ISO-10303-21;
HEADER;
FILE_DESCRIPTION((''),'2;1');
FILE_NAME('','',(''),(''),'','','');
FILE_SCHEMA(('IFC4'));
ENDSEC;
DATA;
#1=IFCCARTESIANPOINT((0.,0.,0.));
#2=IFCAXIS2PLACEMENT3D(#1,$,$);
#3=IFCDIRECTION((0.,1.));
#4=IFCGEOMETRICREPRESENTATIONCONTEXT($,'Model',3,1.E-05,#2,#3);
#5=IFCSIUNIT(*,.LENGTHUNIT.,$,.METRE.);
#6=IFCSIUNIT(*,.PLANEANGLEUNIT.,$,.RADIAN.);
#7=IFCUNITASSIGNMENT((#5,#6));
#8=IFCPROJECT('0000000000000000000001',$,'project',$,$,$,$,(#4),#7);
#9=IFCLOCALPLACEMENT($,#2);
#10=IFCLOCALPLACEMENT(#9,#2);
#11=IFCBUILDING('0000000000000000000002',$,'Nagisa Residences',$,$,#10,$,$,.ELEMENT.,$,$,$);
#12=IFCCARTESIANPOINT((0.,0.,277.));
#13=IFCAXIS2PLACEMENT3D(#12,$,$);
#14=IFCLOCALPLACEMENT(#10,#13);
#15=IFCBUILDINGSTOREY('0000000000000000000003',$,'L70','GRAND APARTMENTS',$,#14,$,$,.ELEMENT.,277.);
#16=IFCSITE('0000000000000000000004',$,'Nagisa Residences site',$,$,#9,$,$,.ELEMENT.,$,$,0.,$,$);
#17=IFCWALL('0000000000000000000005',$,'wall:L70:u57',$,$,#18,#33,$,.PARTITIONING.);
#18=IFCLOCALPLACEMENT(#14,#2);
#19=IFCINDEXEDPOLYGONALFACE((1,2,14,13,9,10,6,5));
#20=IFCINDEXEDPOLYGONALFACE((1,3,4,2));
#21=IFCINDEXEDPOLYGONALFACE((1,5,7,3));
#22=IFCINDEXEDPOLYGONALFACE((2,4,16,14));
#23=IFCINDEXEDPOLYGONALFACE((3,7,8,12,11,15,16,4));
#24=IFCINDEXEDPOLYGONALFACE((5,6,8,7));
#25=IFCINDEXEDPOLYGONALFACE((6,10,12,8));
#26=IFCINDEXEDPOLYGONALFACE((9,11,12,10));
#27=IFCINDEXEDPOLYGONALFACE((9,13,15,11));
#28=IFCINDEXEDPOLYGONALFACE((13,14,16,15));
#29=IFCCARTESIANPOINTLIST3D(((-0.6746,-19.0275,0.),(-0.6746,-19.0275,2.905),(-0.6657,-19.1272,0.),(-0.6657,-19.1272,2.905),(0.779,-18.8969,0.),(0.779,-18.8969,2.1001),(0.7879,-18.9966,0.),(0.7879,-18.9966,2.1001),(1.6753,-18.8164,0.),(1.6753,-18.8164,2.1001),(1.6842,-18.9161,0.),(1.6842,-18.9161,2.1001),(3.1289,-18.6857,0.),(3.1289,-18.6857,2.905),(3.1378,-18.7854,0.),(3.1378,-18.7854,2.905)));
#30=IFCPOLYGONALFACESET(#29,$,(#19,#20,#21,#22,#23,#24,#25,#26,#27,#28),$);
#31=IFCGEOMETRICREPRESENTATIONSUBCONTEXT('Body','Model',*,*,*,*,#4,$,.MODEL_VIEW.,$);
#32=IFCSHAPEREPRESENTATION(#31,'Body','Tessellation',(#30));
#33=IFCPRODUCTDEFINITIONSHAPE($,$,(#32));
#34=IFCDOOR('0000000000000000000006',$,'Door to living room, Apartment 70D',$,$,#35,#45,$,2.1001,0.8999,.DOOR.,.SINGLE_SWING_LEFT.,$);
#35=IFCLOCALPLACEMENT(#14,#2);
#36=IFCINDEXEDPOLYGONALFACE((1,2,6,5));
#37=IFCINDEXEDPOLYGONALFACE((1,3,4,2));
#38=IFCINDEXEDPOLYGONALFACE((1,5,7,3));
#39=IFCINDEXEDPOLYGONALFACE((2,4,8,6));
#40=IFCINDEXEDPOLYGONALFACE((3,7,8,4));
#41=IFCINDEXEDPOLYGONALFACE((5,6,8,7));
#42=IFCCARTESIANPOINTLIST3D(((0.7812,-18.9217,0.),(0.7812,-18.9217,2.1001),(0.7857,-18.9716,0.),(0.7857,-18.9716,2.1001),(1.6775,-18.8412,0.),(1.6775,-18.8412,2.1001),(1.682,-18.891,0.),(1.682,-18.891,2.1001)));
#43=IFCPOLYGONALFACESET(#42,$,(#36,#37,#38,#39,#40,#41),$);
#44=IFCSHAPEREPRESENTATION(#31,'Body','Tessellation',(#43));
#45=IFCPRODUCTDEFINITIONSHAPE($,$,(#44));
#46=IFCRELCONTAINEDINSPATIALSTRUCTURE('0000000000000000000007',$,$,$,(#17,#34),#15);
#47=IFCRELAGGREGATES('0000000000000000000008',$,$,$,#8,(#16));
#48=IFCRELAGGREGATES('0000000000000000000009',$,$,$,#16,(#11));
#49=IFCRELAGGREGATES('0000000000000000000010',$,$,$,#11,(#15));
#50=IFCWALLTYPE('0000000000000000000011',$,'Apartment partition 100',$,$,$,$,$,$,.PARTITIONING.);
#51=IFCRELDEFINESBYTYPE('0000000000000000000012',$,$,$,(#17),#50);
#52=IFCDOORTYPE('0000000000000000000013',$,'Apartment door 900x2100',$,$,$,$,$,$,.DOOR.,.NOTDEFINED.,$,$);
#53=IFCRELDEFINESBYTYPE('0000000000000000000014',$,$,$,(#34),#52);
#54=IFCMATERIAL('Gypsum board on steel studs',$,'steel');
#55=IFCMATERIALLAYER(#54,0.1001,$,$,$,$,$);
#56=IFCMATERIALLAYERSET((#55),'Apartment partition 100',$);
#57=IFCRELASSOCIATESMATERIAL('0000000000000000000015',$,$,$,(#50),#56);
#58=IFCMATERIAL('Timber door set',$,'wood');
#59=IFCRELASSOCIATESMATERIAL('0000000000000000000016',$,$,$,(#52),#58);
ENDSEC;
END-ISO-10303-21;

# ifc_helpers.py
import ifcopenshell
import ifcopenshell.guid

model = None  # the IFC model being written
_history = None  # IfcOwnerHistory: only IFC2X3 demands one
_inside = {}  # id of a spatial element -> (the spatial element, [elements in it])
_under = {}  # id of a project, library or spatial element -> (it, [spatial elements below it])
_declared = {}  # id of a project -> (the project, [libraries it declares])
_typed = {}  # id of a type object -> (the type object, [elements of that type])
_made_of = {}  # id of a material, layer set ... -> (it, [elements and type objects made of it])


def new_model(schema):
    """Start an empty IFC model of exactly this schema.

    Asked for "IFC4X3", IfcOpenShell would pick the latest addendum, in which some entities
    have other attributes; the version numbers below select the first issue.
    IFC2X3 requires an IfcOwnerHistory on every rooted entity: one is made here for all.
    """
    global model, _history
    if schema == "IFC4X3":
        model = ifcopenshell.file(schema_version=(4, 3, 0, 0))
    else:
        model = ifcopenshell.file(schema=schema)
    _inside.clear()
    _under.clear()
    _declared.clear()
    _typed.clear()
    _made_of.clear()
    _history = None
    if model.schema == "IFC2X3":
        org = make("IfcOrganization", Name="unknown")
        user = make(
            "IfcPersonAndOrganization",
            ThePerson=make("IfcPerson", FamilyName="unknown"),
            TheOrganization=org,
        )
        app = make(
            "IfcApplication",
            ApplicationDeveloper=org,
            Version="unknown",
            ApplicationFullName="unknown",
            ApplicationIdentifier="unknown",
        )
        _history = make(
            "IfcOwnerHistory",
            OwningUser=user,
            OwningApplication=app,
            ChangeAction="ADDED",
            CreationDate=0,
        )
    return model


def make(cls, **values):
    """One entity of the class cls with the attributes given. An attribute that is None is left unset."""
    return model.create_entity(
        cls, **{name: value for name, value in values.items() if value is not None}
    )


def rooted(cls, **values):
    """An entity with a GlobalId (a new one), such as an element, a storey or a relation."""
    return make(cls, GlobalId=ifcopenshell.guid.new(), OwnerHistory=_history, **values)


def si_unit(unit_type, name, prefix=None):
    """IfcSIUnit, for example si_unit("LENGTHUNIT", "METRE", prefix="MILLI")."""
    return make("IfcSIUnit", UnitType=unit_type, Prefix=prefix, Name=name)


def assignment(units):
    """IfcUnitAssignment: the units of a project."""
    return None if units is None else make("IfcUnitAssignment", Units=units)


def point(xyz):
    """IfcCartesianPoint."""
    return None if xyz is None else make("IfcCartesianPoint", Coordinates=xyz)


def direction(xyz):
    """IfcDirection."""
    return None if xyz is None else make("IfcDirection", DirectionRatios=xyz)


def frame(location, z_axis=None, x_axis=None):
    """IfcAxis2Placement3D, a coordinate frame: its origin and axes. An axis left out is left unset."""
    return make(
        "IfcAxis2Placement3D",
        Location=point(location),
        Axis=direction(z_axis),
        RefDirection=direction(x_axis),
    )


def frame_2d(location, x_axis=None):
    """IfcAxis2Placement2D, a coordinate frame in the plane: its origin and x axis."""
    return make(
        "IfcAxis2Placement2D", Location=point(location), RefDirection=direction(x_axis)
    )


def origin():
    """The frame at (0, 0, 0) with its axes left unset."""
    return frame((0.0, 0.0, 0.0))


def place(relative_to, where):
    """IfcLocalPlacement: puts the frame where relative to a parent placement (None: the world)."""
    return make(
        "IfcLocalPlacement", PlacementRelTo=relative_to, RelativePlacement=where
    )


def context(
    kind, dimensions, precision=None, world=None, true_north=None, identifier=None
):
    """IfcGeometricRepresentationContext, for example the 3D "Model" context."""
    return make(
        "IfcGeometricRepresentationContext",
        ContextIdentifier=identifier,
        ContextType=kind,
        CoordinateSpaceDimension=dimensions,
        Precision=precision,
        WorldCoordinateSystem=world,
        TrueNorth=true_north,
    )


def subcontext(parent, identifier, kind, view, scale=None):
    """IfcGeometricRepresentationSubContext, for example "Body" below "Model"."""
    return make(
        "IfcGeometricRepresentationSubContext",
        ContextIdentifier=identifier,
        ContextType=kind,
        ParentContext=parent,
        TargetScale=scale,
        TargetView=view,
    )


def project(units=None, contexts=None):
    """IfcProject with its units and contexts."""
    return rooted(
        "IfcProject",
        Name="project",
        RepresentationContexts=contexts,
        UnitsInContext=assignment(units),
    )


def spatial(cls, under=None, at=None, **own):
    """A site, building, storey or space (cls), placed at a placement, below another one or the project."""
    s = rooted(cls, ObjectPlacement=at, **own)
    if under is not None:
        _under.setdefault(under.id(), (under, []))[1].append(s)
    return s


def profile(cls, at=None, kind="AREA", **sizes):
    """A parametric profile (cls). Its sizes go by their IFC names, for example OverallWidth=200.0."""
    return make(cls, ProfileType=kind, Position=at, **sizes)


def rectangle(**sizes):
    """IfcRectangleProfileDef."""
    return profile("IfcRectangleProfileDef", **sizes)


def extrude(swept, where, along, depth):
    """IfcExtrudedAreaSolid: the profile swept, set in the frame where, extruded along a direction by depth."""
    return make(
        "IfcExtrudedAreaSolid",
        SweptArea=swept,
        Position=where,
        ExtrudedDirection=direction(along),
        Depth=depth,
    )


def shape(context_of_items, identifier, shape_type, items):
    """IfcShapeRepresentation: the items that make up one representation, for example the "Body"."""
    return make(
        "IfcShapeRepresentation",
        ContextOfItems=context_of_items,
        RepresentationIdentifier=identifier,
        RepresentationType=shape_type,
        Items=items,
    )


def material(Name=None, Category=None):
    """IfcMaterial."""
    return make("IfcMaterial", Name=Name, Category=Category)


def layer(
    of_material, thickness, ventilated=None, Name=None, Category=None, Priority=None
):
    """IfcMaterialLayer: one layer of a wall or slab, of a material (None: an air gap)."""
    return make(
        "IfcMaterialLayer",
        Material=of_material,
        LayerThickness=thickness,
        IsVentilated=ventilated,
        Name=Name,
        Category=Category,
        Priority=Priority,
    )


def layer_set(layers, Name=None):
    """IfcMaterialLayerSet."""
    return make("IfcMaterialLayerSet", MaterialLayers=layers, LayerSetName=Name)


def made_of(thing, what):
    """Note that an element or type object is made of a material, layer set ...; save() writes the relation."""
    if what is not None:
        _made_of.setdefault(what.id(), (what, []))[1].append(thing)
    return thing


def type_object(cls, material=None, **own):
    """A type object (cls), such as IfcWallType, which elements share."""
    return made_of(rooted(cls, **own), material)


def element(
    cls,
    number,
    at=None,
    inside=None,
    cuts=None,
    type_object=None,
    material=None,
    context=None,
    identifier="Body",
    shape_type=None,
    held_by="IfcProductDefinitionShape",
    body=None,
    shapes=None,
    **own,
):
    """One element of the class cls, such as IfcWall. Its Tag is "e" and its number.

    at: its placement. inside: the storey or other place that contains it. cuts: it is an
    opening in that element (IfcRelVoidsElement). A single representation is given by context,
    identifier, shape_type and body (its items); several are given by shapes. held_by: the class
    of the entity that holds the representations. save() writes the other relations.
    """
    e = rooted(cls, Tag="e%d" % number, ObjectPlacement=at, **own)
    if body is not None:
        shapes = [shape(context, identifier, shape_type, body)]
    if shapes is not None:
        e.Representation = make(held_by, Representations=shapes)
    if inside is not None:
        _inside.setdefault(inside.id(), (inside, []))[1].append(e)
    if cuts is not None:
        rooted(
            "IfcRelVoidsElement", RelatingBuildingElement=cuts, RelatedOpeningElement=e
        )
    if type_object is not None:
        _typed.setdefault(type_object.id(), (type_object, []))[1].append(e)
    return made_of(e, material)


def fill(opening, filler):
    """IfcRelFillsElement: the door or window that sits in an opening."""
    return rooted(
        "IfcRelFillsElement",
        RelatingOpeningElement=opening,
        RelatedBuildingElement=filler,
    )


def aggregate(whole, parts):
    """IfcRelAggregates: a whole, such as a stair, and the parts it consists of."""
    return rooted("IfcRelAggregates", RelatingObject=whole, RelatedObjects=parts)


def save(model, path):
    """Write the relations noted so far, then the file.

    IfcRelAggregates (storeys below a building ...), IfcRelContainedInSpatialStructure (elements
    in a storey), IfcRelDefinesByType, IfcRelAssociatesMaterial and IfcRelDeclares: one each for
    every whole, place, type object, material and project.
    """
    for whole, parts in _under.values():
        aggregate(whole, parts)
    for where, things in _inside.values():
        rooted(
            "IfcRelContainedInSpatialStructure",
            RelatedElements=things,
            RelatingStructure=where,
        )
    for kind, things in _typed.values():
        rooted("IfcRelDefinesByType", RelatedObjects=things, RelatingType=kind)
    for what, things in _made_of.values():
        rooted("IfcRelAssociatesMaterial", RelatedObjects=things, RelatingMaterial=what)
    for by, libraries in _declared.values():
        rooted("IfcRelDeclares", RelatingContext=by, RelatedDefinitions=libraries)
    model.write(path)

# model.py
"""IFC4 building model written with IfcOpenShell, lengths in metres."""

from ifc_helpers import new_model, si_unit, direction, frame, frame_2d, origin, place, context, subcontext, project, spatial, rectangle, extrude, material, layer, layer_set, type_object, element, fill, save


model = new_model("IFC4")

# Units and contexts
model_context = context("Model", 3, precision=1e-05, world=origin(), true_north=direction((0.0, 1.0)))
body_context = subcontext(model_context, "Body", "Model", "MODEL_VIEW")
ifc_project = project(units=[si_unit("LENGTHUNIT", "METRE"), si_unit("PLANEANGLEUNIT", "RADIAN")], contexts=[model_context])

# Site, building, storey
site_placement = place(None, origin())
site = spatial("IfcSite", under=ifc_project, at=site_placement, Name="Nagisa Residences site", CompositionType="ELEMENT", RefElevation=0.0)
building_placement = place(site_placement, origin())
building = spatial("IfcBuilding", under=site, at=building_placement, Name="Nagisa Residences", CompositionType="ELEMENT")
storey_placement = place(building_placement, frame((0.0, 0.0, 277.0)))
storey = spatial("IfcBuildingStorey", under=building, at=storey_placement, Name="L70", Description="GRAND APARTMENTS", CompositionType="ELEMENT", Elevation=277.0)

# Shared definitions
ifc_material_1 = material(Name="Gypsum board on steel studs", Category="steel")
ifc_layer_1 = layer(ifc_material_1, 0.1001)
ifc_layer_set_1 = layer_set([ifc_layer_1], Name="Apartment partition 100")
wall_type_1 = type_object("IfcWallType", Name="Apartment partition 100", PredefinedType="PARTITIONING", material=ifc_layer_set_1)
ifc_material_2 = material(Name="Timber door set", Category="wood")
door_type_1 = type_object("IfcDoorType", Name="Apartment door 900x2100", OperationType="NOTDEFINED", PredefinedType="DOOR", material=ifc_material_2)

# Wall, opening, door
wall_1_placement = place(storey_placement, frame((-0.6702, -19.0774, 0.0), z_axis=(0.0, 0.0, 1.0), x_axis=(0.995986, 0.089504, 0.0)))
wall_1 = element("IfcWall", 1, at=wall_1_placement, inside=storey, type_object=wall_type_1, Name="wall:L70:u57", PredefinedType="PARTITIONING", context=body_context, shape_type="SweptSolid", body=[
    extrude(rectangle(XDim=3.8188, YDim=0.1001, at=frame_2d((1.9094, 0.0))), origin(), (0.0, 0.0, 1.0), 2.905),
])
opening_1_placement = place(wall_1_placement, frame((1.4595, 0.0, 0.0)))
opening_1 = element("IfcOpeningElement", 2, at=opening_1_placement, cuts=wall_1, PredefinedType="OPENING", context=body_context, shape_type="SweptSolid", body=[
    extrude(rectangle(XDim=0.8999, YDim=2.1001, at=frame_2d((0.45, 1.05))), frame((0.0, 0.0601, 0.0), z_axis=(0.0, -1.0, 0.0), x_axis=(1.0, 0.0, 0.0)), (0.0, 0.0, 1.0), 0.1201),
])
door_1_placement = place(opening_1_placement, frame((0.8999, 0.0, 0.0), x_axis=(-1.0, 0.0, 0.0)))
door_1 = element("IfcDoor", 3, at=door_1_placement, inside=storey, type_object=door_type_1, Name="Door to living room, Apartment 70D", OperationType="SINGLE_SWING_LEFT", OverallHeight=2.1001, OverallWidth=0.8999, PredefinedType="DOOR", context=body_context, shape_type="SweptSolid", body=[
    extrude(rectangle(XDim=0.8999, YDim=2.1001, at=frame_2d((0.45, 1.05))), frame((0.0, 0.0249, 0.0), z_axis=(0.0, -1.0, 0.0), x_axis=(1.0, 0.0, 0.0)), (0.0, 0.0, 1.0), 0.05),
])
fill(opening_1, door_1)

save(model, "model.ifc")
